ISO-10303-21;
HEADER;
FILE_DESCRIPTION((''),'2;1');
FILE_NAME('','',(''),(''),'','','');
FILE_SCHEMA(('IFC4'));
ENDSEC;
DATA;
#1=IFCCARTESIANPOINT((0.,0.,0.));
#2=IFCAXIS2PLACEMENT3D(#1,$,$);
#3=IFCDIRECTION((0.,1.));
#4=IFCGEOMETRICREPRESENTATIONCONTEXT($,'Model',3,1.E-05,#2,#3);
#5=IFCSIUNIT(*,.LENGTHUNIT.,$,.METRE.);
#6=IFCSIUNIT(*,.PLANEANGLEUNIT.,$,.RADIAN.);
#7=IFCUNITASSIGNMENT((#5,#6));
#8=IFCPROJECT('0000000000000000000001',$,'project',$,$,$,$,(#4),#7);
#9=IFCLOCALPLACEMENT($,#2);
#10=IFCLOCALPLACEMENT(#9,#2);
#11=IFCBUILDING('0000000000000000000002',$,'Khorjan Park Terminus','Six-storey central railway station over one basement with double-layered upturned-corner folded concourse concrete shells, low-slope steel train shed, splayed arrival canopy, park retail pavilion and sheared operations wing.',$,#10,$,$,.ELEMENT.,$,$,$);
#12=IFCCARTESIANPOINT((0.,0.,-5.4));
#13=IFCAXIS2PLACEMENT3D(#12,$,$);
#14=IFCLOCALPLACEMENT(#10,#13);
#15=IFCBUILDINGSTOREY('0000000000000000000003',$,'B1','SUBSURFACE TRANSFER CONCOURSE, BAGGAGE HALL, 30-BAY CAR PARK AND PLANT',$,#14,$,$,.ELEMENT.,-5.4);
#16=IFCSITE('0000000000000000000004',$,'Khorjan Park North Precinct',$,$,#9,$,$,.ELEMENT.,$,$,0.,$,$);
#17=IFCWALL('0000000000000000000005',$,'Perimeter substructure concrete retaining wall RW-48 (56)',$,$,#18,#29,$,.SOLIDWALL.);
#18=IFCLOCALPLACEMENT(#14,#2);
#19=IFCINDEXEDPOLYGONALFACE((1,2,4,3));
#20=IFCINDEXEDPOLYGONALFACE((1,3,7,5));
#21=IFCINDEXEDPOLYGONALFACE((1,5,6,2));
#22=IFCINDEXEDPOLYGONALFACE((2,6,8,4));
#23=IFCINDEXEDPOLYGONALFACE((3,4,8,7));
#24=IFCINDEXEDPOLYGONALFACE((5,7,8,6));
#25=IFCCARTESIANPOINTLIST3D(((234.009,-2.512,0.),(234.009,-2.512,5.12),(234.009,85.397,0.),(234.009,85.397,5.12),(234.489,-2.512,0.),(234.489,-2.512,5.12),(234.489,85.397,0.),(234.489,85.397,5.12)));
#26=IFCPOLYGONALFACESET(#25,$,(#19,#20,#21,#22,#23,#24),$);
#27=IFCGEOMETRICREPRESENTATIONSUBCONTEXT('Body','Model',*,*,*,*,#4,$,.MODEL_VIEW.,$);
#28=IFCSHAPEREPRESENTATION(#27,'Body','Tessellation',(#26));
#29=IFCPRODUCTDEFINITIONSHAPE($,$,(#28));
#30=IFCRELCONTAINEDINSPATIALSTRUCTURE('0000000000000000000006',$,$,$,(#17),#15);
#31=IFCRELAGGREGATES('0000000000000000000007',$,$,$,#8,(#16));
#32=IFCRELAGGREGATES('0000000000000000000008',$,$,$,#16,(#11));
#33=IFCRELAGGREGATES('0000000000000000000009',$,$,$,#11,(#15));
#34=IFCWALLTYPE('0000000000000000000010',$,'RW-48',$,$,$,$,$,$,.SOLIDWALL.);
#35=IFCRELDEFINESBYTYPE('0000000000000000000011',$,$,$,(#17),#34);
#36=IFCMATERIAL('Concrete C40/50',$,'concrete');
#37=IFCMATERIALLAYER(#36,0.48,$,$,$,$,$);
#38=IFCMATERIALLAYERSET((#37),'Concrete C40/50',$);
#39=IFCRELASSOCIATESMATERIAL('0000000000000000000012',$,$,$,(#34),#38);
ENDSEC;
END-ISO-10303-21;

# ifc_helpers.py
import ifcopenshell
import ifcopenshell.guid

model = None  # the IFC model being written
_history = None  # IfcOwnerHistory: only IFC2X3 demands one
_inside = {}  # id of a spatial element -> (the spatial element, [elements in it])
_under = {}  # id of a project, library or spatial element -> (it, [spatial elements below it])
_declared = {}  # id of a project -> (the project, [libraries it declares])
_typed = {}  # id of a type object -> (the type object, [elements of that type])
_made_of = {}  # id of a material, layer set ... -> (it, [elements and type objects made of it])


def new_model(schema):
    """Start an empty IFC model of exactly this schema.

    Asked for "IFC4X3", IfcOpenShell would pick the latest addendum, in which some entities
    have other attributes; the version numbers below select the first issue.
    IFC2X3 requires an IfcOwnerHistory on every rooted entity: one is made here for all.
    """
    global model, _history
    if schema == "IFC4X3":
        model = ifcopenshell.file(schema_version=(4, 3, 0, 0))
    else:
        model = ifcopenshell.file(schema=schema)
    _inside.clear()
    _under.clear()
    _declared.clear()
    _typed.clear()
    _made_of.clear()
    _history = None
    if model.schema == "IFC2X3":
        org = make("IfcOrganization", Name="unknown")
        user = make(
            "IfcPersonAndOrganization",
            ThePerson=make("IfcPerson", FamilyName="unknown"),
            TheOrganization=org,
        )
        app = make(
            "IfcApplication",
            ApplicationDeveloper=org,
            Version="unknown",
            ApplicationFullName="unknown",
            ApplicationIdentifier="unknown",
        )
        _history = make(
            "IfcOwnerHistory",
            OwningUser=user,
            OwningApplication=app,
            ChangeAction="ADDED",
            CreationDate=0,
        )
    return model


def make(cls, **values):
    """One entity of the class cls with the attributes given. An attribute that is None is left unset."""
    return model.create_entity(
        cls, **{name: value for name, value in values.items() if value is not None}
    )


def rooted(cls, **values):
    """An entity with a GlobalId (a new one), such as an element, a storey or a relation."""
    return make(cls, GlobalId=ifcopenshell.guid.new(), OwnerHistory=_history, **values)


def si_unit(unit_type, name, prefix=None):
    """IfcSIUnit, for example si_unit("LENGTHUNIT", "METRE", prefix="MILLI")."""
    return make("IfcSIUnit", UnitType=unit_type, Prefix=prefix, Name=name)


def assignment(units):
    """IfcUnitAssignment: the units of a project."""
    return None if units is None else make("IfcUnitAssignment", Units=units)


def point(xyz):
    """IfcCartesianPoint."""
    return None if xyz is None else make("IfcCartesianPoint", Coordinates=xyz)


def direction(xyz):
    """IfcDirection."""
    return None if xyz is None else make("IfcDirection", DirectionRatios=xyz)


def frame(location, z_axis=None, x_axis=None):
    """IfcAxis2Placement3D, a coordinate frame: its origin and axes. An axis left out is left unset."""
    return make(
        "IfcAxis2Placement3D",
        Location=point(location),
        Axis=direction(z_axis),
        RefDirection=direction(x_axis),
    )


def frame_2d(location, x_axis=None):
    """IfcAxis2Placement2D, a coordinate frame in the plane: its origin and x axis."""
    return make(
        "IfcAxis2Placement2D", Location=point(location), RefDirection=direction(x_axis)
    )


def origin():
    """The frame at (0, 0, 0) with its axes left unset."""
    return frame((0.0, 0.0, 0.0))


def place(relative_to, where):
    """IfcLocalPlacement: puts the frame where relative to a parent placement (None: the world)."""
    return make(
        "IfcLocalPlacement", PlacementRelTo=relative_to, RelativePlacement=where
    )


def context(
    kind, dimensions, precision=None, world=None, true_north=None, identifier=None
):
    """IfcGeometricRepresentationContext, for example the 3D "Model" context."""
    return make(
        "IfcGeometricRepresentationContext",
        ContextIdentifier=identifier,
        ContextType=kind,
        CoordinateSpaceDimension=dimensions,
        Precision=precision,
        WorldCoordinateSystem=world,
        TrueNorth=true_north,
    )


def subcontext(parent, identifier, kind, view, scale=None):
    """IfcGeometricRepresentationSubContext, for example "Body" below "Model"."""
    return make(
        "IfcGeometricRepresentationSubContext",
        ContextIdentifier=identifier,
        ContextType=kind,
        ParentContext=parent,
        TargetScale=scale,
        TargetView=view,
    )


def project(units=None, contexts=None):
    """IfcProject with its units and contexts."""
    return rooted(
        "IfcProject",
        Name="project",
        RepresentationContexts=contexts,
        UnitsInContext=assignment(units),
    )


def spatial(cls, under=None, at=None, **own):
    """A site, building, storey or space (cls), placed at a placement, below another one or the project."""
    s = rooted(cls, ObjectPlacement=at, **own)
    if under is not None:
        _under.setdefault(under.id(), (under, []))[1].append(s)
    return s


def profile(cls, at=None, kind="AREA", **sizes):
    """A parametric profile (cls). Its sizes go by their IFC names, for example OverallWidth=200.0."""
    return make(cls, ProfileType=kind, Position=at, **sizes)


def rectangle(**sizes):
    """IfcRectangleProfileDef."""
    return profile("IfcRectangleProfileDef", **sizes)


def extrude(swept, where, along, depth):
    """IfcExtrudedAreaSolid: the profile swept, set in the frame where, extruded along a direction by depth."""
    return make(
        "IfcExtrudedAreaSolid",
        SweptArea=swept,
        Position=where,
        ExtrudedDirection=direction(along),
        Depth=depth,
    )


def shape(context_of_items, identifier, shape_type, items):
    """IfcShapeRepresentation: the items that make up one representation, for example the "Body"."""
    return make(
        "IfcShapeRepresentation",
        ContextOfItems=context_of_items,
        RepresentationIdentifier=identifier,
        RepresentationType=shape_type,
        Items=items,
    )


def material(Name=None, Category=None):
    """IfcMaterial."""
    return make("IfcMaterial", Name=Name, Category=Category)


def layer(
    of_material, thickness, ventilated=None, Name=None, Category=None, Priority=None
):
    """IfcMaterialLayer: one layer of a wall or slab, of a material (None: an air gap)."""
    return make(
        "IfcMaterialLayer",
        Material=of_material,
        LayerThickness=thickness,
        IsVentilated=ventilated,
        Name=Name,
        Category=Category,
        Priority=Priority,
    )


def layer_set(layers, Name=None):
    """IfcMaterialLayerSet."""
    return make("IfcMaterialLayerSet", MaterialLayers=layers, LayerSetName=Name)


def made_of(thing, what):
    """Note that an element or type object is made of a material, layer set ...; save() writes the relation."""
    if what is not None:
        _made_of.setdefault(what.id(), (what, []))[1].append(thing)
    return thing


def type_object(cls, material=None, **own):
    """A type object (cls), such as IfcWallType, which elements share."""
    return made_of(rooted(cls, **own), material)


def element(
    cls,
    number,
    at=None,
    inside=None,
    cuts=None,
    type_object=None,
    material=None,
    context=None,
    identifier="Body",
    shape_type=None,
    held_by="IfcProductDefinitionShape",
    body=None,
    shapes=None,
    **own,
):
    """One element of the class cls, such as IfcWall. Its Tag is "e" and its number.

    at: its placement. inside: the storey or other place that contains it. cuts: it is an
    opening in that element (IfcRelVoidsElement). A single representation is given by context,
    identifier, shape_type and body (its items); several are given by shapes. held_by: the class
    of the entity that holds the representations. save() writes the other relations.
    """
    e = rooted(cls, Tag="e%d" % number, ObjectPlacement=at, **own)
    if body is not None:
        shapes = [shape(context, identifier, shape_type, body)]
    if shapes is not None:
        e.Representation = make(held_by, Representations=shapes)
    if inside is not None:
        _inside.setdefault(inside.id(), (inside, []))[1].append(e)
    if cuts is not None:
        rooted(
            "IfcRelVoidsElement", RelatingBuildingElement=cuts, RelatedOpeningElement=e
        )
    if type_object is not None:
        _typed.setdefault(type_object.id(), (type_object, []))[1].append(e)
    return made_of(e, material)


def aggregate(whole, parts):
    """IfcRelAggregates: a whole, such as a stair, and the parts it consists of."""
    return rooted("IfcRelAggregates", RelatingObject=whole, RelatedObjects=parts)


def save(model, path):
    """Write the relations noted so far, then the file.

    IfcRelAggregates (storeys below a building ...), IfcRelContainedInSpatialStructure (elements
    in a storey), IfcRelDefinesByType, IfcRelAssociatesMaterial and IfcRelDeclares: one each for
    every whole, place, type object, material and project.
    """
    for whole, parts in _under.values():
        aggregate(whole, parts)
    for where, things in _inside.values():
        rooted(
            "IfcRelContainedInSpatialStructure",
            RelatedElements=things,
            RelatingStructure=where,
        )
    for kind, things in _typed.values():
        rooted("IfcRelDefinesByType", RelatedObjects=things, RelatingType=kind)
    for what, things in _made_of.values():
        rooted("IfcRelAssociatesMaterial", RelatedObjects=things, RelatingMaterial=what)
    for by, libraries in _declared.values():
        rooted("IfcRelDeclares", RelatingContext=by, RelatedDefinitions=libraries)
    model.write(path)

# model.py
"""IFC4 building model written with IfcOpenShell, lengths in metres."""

from ifc_helpers import new_model, si_unit, direction, frame, frame_2d, origin, place, context, subcontext, project, spatial, rectangle, extrude, material, layer, layer_set, type_object, element, save


model = new_model("IFC4")

# Units and contexts
model_context = context("Model", 3, precision=1e-05, world=origin(), true_north=direction((0.0, 1.0)))
body_context = subcontext(model_context, "Body", "Model", "MODEL_VIEW")
ifc_project = project(units=[si_unit("LENGTHUNIT", "METRE"), si_unit("PLANEANGLEUNIT", "RADIAN")], contexts=[model_context])

# Site, building, storey
site_placement = place(None, origin())
site = spatial("IfcSite", under=ifc_project, at=site_placement, Name="Khorjan Park North Precinct", CompositionType="ELEMENT", RefElevation=0.0)
building_placement = place(site_placement, origin())
building = spatial("IfcBuilding", under=site, at=building_placement, Name="Khorjan Park Terminus", Description="Six-storey central railway station over one basement with double-layered upturned-corner folded concourse concrete shells, low-slope steel train shed, splayed arrival canopy, park retail pavilion and sheared operations wing.", CompositionType="ELEMENT")
storey_placement = place(building_placement, frame((0.0, 0.0, -5.4)))
storey = spatial("IfcBuildingStorey", under=building, at=storey_placement, Name="B1", Description="SUBSURFACE TRANSFER CONCOURSE, BAGGAGE HALL, 30-BAY CAR PARK AND PLANT", CompositionType="ELEMENT", Elevation=-5.4)

# Shared definitions
ifc_material_1 = material(Name="Concrete C40/50", Category="concrete")

# Wall
ifc_layer = layer(ifc_material_1, 0.48)
ifc_layer_set = layer_set([ifc_layer], Name="Concrete C40/50")
wall_type = type_object("IfcWallType", Name="RW-48", PredefinedType="SOLIDWALL", material=ifc_layer_set)
wall_1_placement = place(storey_placement, frame((234.249, 85.397, 0.0), z_axis=(0.0, 0.0, 1.0), x_axis=(0.0, -1.0, 0.0)))
element("IfcWall", 1, at=wall_1_placement, inside=storey, type_object=wall_type, Name="Perimeter substructure concrete retaining wall RW-48 (56)", PredefinedType="SOLIDWALL", context=body_context, shape_type="SweptSolid", body=[
    extrude(rectangle(XDim=87.909, YDim=0.48, at=frame_2d((43.9545, 0.0))), origin(), (0.0, 0.0, 1.0), 5.12),
])

save(model, "model.ifc")
